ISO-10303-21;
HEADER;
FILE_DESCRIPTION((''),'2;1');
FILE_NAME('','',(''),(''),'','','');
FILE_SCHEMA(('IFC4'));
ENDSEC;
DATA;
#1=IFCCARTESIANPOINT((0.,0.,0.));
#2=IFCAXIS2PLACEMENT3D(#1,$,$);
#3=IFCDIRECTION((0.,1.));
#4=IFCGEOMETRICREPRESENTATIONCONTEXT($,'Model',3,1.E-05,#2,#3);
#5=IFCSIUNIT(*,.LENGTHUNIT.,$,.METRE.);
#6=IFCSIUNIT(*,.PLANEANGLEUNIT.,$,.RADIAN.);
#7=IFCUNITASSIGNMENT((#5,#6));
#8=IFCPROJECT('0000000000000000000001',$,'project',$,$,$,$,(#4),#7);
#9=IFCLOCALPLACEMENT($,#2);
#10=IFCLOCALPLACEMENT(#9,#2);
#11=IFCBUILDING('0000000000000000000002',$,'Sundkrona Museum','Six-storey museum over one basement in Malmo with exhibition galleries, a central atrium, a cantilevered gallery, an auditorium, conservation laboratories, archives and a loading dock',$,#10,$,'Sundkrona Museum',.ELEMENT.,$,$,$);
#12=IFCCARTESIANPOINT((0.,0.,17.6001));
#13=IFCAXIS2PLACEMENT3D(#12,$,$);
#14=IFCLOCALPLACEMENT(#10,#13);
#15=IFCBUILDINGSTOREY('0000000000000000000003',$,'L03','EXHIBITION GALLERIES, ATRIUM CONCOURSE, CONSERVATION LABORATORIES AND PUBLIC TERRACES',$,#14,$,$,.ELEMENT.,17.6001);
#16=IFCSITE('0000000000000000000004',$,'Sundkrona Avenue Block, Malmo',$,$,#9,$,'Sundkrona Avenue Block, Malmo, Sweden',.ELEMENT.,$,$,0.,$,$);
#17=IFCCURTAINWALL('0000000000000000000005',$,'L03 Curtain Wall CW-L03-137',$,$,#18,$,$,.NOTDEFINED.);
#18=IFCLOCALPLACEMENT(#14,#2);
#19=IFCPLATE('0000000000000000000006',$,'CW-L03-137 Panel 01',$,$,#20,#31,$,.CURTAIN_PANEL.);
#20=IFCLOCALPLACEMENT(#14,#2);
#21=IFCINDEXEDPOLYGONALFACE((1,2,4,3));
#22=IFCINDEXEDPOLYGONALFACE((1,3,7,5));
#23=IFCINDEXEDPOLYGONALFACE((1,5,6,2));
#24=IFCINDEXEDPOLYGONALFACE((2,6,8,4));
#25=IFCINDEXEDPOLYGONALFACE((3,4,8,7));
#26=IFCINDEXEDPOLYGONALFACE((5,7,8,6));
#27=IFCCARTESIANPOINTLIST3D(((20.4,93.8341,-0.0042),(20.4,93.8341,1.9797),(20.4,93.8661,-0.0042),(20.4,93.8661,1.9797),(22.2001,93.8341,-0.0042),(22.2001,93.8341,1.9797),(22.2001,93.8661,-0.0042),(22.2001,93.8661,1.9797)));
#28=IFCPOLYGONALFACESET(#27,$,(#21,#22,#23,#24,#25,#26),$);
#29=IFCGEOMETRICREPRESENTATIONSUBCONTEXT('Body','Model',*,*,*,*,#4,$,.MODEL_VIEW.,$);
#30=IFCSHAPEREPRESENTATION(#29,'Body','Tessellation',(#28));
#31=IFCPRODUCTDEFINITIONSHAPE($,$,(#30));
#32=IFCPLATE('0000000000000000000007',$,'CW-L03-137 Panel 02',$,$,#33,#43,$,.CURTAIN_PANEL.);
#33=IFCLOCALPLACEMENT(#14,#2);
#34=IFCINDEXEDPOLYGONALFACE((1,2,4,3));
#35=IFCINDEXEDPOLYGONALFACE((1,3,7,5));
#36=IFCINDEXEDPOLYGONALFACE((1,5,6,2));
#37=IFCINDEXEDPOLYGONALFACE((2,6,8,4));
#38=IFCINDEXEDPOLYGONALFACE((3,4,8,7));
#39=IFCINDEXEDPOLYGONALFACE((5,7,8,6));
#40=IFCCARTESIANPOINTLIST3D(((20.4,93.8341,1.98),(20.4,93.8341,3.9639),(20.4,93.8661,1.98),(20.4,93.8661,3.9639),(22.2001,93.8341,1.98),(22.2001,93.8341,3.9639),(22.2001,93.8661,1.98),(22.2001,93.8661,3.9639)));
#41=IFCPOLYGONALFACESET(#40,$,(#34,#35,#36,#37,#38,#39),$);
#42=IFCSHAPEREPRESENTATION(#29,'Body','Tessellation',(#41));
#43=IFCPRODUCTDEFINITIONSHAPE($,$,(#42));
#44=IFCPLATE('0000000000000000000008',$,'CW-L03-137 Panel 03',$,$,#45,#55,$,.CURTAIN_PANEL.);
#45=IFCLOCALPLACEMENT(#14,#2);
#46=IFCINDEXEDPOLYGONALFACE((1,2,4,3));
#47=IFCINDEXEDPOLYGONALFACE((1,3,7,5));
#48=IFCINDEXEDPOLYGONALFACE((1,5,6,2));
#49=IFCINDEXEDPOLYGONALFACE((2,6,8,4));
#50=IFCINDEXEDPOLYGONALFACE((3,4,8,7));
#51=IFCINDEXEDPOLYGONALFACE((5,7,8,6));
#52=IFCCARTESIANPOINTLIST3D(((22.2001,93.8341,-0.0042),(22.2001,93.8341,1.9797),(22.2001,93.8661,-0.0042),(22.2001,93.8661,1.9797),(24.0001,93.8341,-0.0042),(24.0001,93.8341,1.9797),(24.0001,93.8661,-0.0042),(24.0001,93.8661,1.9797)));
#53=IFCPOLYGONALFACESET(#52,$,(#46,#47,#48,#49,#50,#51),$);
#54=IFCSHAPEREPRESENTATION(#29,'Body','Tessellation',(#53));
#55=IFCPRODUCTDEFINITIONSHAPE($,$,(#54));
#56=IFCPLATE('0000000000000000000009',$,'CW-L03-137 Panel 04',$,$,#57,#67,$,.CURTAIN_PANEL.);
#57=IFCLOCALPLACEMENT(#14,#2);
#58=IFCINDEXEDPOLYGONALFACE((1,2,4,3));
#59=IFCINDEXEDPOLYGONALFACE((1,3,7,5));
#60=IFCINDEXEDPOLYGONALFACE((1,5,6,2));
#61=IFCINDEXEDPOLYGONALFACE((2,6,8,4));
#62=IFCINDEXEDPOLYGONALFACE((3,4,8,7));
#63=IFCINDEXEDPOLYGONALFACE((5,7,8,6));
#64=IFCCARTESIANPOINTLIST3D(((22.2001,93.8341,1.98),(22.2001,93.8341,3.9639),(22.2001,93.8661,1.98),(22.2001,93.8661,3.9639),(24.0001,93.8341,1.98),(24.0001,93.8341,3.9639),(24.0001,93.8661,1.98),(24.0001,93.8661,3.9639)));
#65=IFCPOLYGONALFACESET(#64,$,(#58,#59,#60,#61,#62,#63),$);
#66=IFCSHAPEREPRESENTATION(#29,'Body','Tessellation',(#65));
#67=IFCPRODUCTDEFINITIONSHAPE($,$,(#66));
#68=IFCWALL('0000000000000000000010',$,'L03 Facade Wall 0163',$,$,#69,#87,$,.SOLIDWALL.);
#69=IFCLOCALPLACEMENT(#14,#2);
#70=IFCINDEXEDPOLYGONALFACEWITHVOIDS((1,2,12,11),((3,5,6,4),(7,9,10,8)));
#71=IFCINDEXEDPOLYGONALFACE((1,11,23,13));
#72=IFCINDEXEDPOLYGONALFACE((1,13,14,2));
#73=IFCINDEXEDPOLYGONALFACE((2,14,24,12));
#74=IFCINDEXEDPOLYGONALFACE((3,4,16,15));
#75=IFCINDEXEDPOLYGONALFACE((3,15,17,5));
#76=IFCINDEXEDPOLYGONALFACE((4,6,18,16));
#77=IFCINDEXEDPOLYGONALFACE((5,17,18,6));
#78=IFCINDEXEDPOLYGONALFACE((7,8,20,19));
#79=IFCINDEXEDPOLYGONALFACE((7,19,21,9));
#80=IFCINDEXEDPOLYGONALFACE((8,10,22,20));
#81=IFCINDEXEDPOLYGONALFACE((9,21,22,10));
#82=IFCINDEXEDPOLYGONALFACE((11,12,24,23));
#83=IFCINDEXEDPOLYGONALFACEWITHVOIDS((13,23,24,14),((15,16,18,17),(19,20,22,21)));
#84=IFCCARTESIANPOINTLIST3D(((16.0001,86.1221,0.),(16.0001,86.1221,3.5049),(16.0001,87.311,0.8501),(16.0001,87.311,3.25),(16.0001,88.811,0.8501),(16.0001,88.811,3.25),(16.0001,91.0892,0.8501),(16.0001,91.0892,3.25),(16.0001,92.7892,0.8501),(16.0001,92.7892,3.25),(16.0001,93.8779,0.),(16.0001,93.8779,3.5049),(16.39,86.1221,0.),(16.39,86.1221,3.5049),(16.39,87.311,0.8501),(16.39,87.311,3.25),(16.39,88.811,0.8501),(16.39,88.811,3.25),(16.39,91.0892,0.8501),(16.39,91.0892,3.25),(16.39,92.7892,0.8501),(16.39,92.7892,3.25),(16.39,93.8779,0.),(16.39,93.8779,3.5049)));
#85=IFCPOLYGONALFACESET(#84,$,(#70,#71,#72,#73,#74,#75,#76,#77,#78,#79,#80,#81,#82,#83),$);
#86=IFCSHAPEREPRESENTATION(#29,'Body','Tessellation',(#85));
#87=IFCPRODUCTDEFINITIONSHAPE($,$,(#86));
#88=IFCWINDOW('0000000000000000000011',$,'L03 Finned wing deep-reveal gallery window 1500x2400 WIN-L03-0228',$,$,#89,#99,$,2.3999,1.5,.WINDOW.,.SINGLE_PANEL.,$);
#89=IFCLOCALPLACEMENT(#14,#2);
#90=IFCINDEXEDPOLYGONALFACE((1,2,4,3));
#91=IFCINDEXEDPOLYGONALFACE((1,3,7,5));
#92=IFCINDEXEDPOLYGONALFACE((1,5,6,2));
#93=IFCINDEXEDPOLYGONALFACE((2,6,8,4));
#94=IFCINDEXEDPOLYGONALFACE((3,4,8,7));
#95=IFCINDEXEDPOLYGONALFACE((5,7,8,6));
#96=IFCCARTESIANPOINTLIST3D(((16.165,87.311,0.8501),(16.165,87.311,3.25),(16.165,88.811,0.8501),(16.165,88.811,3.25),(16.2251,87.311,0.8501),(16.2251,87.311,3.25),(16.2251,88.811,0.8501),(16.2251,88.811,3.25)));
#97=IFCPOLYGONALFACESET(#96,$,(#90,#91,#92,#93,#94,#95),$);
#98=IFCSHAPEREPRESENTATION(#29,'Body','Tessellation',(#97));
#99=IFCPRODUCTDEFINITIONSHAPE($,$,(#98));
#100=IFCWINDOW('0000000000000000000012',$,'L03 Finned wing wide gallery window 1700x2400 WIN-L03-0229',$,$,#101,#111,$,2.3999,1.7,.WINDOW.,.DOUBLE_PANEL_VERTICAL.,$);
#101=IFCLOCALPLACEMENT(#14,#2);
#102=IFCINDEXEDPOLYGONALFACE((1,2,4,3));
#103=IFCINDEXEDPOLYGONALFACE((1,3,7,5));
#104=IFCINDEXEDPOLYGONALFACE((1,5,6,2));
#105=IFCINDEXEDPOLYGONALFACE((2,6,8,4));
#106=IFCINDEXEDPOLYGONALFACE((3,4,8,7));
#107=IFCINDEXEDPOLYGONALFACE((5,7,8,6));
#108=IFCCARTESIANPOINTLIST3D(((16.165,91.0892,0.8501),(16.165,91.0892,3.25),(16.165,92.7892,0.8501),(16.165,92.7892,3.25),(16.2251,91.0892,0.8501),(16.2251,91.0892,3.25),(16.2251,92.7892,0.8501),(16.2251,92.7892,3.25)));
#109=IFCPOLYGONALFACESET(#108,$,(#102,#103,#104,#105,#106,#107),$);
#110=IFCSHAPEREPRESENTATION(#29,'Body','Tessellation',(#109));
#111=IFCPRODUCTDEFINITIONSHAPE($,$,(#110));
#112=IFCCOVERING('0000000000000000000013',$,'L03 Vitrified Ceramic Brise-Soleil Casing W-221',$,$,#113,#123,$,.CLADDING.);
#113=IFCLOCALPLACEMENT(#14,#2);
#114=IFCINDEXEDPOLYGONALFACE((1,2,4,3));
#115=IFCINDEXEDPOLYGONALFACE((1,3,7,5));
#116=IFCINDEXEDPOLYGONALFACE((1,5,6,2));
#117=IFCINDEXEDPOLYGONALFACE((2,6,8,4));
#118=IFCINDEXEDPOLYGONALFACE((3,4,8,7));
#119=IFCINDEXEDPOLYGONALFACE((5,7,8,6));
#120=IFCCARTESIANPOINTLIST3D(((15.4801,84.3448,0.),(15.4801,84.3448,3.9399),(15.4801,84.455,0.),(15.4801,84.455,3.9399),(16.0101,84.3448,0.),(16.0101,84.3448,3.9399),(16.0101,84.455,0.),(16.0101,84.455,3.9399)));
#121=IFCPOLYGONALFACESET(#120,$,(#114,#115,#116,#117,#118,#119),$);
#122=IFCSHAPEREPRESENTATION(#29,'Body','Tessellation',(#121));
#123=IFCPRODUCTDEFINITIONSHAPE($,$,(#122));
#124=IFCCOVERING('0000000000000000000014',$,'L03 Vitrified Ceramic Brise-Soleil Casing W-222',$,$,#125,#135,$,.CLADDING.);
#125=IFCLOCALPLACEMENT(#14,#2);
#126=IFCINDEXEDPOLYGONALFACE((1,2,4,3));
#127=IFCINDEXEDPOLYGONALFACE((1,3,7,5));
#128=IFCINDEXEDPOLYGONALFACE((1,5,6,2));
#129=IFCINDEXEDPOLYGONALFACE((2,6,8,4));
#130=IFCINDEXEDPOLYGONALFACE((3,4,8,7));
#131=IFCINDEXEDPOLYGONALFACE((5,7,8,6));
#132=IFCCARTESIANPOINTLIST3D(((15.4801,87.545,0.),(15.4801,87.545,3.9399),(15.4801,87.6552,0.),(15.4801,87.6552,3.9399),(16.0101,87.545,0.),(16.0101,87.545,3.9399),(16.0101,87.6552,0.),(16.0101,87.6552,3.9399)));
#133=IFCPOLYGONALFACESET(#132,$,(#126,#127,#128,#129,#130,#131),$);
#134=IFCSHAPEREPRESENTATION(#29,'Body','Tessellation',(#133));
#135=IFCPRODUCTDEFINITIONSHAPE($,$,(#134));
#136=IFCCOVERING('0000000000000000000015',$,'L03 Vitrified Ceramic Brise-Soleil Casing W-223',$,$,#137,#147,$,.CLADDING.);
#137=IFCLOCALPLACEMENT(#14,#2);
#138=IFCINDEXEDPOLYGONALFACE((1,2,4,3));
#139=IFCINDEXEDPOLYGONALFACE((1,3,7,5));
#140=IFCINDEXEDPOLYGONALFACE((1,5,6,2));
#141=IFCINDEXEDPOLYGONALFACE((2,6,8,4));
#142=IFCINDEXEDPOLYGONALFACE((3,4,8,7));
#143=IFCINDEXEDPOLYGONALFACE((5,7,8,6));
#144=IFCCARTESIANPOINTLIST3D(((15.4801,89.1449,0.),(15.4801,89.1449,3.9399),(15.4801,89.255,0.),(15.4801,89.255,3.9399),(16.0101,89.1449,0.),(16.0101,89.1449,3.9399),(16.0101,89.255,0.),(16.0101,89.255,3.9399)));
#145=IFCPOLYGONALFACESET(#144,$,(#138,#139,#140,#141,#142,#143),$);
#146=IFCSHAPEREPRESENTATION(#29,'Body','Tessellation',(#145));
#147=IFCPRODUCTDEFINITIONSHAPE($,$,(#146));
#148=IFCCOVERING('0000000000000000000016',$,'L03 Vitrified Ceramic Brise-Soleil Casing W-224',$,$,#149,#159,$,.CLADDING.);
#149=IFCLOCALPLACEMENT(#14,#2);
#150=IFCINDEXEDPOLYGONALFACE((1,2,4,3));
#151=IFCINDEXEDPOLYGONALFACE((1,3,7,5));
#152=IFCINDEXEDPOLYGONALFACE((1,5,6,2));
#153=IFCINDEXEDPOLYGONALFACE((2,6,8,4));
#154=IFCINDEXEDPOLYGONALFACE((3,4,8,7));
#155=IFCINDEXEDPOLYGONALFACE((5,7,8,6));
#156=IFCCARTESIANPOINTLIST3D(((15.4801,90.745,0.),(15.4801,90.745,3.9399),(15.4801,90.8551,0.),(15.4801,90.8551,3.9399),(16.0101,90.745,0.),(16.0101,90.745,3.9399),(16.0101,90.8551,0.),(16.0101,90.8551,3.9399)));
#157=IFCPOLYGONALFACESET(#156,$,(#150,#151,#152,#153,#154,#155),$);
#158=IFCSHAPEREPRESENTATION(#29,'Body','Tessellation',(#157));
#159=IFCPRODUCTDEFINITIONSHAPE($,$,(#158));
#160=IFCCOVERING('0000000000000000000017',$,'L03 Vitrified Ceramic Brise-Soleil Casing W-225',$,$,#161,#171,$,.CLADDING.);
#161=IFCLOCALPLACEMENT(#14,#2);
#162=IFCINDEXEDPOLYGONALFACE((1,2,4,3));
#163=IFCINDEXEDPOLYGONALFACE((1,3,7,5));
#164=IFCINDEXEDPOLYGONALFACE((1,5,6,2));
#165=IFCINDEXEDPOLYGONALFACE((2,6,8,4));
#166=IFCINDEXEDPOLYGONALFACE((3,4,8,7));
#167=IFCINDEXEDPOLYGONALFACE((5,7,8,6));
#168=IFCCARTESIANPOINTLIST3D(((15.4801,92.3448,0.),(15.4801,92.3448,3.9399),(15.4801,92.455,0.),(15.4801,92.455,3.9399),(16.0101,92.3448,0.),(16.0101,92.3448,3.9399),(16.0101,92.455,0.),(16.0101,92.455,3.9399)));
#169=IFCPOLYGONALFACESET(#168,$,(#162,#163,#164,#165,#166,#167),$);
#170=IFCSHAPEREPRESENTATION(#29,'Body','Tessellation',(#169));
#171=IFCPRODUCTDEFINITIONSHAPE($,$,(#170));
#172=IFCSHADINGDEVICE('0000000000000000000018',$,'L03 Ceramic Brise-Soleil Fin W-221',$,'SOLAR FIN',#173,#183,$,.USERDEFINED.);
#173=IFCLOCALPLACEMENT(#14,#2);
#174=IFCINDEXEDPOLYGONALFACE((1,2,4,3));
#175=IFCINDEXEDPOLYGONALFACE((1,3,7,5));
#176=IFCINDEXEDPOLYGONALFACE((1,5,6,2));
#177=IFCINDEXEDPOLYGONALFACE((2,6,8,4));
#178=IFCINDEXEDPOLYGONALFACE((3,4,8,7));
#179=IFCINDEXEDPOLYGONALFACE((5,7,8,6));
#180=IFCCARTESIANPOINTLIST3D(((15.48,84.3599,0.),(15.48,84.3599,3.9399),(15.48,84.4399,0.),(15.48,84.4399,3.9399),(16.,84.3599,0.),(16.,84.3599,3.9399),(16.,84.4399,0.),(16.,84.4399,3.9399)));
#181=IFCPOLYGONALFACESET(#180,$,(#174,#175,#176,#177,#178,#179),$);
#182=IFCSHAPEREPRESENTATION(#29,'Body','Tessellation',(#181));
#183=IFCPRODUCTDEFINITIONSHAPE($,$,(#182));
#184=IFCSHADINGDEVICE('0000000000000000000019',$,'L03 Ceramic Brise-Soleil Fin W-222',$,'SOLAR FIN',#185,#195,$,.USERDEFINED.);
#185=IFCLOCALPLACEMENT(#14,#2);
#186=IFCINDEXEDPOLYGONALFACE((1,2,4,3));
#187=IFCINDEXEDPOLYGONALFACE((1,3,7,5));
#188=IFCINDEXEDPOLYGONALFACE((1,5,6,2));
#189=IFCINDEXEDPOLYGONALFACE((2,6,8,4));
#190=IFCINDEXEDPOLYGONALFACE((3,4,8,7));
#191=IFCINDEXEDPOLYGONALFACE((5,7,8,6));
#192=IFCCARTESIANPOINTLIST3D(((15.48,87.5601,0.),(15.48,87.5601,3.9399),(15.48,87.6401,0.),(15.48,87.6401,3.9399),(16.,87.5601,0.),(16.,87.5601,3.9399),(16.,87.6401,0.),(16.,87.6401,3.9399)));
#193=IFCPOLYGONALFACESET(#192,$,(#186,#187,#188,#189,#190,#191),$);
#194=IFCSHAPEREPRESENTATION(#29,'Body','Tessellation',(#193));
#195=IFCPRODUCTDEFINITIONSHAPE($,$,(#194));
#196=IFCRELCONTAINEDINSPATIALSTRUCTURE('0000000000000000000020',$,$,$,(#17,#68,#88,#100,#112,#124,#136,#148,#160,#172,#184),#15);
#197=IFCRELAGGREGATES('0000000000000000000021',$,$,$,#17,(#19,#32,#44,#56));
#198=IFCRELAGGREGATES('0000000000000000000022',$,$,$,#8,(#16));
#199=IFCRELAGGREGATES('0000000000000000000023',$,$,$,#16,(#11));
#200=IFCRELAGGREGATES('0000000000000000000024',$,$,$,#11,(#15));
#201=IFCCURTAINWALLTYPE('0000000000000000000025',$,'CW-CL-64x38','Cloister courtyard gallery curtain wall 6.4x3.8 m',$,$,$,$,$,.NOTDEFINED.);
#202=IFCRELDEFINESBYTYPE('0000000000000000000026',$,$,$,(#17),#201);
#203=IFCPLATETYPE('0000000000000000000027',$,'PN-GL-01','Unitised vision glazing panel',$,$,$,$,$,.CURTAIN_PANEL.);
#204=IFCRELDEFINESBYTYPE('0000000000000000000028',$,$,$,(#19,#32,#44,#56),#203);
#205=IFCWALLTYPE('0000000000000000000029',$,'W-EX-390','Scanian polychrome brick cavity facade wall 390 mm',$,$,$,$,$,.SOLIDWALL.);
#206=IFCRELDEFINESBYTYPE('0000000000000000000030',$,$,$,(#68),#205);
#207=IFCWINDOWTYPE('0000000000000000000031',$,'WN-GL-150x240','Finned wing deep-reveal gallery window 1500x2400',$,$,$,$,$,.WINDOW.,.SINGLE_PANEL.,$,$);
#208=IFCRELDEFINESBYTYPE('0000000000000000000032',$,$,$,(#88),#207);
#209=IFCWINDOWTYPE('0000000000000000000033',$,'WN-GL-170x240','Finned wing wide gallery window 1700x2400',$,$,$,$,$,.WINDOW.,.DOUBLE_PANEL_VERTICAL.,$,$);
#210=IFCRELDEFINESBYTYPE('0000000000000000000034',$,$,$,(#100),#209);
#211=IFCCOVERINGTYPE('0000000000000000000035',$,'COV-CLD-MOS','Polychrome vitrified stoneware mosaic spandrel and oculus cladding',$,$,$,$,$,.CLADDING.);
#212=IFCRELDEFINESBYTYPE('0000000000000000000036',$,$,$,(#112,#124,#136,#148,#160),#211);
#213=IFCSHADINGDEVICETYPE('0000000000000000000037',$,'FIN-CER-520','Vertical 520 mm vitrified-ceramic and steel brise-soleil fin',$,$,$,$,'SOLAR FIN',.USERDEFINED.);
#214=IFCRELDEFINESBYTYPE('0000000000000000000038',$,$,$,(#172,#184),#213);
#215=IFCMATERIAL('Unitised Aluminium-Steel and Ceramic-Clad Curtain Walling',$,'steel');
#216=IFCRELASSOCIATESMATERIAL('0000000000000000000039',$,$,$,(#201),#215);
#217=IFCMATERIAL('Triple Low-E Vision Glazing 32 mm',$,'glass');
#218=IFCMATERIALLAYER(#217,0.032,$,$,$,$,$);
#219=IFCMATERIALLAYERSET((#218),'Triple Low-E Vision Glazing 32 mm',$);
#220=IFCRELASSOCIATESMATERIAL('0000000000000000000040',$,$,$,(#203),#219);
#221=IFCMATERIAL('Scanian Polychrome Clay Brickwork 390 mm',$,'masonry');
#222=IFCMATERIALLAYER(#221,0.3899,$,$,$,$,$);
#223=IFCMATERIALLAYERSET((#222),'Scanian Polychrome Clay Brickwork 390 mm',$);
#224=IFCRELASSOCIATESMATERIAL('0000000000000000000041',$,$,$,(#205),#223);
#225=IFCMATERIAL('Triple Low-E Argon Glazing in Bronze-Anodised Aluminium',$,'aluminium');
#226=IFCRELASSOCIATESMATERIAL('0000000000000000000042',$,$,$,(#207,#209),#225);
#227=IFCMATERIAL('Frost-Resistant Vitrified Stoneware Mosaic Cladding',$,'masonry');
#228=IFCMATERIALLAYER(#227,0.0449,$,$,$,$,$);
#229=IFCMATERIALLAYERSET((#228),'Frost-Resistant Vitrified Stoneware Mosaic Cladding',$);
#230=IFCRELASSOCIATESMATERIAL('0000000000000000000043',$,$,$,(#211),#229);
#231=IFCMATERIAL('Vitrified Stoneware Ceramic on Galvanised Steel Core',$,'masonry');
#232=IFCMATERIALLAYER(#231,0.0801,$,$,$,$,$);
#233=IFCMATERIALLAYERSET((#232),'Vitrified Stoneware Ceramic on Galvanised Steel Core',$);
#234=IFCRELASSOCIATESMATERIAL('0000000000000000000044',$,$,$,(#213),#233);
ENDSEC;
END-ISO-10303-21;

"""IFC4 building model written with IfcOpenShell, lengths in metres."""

from ifc_helpers import new_model, si_unit, direction, frame, frame_2d, origin, origin_2d, place, context, subcontext, project, spatial, rectangle, extrude, material, layer, layer_set, type_object, element, fill, aggregate, save


model = new_model("IFC4")

# Units and contexts
model_context = context("Model", 3, precision=1e-05, world=origin(), true_north=direction((0.0, 1.0)))
body_context = subcontext(model_context, "Body", "Model", "MODEL_VIEW")
ifc_project = project(units=[si_unit("LENGTHUNIT", "METRE"), si_unit("PLANEANGLEUNIT", "RADIAN")], contexts=[model_context])

# Site, building, storey
site_placement = place(None, origin())
site = spatial("IfcSite", under=ifc_project, at=site_placement, Name="Sundkrona Avenue Block, Malmo", LongName="Sundkrona Avenue Block, Malmo, Sweden", CompositionType="ELEMENT", RefElevation=0.0)
building_placement = place(site_placement, origin())
building = spatial("IfcBuilding", under=site, at=building_placement, Name="Sundkrona Museum", Description="Six-storey museum over one basement in Malmo with exhibition galleries, a central atrium, a cantilevered gallery, an auditorium, conservation laboratories, archives and a loading dock", LongName="Sundkrona Museum", CompositionType="ELEMENT")
storey_placement = place(building_placement, frame((0.0, 0.0, 17.6001)))
storey = spatial("IfcBuildingStorey", under=building, at=storey_placement, Name="L03", Description="EXHIBITION GALLERIES, ATRIUM CONCOURSE, CONSERVATION LABORATORIES AND PUBLIC TERRACES", CompositionType="ELEMENT", Elevation=17.6001)

# Curtain wall
ifc_material_1 = material(Name="Unitised Aluminium-Steel and Ceramic-Clad Curtain Walling", Category="steel")
curtain_wall_type = type_object("IfcCurtainWallType", Name="CW-CL-64x38", Description="Cloister courtyard gallery curtain wall 6.4x3.8 m", PredefinedType="NOTDEFINED", material=ifc_material_1)
curtain_wall_placement = place(storey_placement, origin())
curtain_wall = element("IfcCurtainWall", 1, at=curtain_wall_placement, inside=storey, type_object=curtain_wall_type, Name="L03 Curtain Wall CW-L03-137", PredefinedType="NOTDEFINED")

# Plates
ifc_material_2 = material(Name="Triple Low-E Vision Glazing 32 mm", Category="glass")
ifc_layer_1 = layer(ifc_material_2, 0.032)
ifc_layer_set_1 = layer_set([ifc_layer_1], Name="Triple Low-E Vision Glazing 32 mm")
plate_type = type_object("IfcPlateType", Name="PN-GL-01", Description="Unitised vision glazing panel", PredefinedType="CURTAIN_PANEL", material=ifc_layer_set_1)
plate_1_placement = place(storey_placement, frame((21.3, 93.8501, -0.0042), z_axis=(0.0, 0.0, 1.0), x_axis=(1.0, 0.0, 0.0)))
plate_1 = element("IfcPlate", 2, at=plate_1_placement, type_object=plate_type, Name="CW-L03-137 Panel 01", PredefinedType="CURTAIN_PANEL", context=body_context, shape_type="SweptSolid", body=[
    extrude(rectangle(XDim=1.8, YDim=0.032, at=origin_2d()), origin(), (0.0, 0.0, 1.0), 1.9839),
])
plate_2_placement = place(storey_placement, frame((21.3, 93.8501, 1.98), z_axis=(0.0, 0.0, 1.0), x_axis=(1.0, 0.0, 0.0)))
plate_2 = element("IfcPlate", 3, at=plate_2_placement, type_object=plate_type, Name="CW-L03-137 Panel 02", PredefinedType="CURTAIN_PANEL", context=body_context, shape_type="SweptSolid", body=[
    extrude(rectangle(XDim=1.8, YDim=0.032, at=origin_2d()), origin(), (0.0, 0.0, 1.0), 1.9839),
])
plate_3_placement = place(storey_placement, frame((23.1001, 93.8501, -0.0042), z_axis=(0.0, 0.0, 1.0), x_axis=(1.0, 0.0, 0.0)))
plate_3 = element("IfcPlate", 4, at=plate_3_placement, type_object=plate_type, Name="CW-L03-137 Panel 03", PredefinedType="CURTAIN_PANEL", context=body_context, shape_type="SweptSolid", body=[
    extrude(rectangle(XDim=1.8, YDim=0.032, at=origin_2d()), origin(), (0.0, 0.0, 1.0), 1.9839),
])
plate_4_placement = place(storey_placement, frame((23.1001, 93.8501, 1.98), z_axis=(0.0, 0.0, 1.0), x_axis=(1.0, 0.0, 0.0)))
plate_4 = element("IfcPlate", 5, at=plate_4_placement, type_object=plate_type, Name="CW-L03-137 Panel 04", PredefinedType="CURTAIN_PANEL", context=body_context, shape_type="SweptSolid", body=[
    extrude(rectangle(XDim=1.8, YDim=0.032, at=origin_2d()), origin(), (0.0, 0.0, 1.0), 1.9839),
])
aggregate(curtain_wall, [plate_1, plate_2, plate_3, plate_4])

# Wall, openings, windows
ifc_material_3 = material(Name="Scanian Polychrome Clay Brickwork 390 mm", Category="masonry")
ifc_layer_2 = layer(ifc_material_3, 0.3899)
ifc_layer_set_2 = layer_set([ifc_layer_2], Name="Scanian Polychrome Clay Brickwork 390 mm")
wall_type = type_object("IfcWallType", Name="W-EX-390", Description="Scanian polychrome brick cavity facade wall 390 mm", PredefinedType="SOLIDWALL", material=ifc_layer_set_2)
wall_placement = place(storey_placement, frame((16.1951, 86.1221, 0.0), z_axis=(0.0, 0.0, 1.0), x_axis=(0.0, 1.0, 0.0)))
wall = element("IfcWall", 6, at=wall_placement, inside=storey, type_object=wall_type, Name="L03 Facade Wall 0163", PredefinedType="SOLIDWALL", context=body_context, shape_type="SweptSolid", body=[
    extrude(rectangle(XDim=7.7559, YDim=0.3899, at=frame_2d((3.8779, 0.0))), origin(), (0.0, 0.0, 1.0), 3.5049),
])
opening_1_placement = place(wall_placement, frame((1.189, 0.0, 0.8501)))
opening_1 = element("IfcOpeningElement", 7, at=opening_1_placement, cuts=wall, PredefinedType="OPENING", context=body_context, shape_type="SweptSolid", body=[
    extrude(rectangle(XDim=1.5, YDim=2.3999, at=frame_2d((0.75, 1.2))), frame((0.0, 0.2048, 0.0), z_axis=(0.0, -1.0, 0.0), x_axis=(1.0, 0.0, 0.0)), (0.0, 0.0, 1.0), 0.4099),
])
opening_2_placement = place(wall_placement, frame((4.967, 0.0, 0.8501)))
opening_2 = element("IfcOpeningElement", 8, at=opening_2_placement, cuts=wall, PredefinedType="OPENING", context=body_context, shape_type="SweptSolid", body=[
    extrude(rectangle(XDim=1.7, YDim=2.3999, at=frame_2d((0.8501, 1.2))), frame((0.0, 0.2048, 0.0), z_axis=(0.0, -1.0, 0.0), x_axis=(1.0, 0.0, 0.0)), (0.0, 0.0, 1.0), 0.4099),
])
ifc_material_4 = material(Name="Triple Low-E Argon Glazing in Bronze-Anodised Aluminium", Category="aluminium")
window_type_1 = type_object("IfcWindowType", Name="WN-GL-150x240", Description="Finned wing deep-reveal gallery window 1500x2400", PartitioningType="SINGLE_PANEL", PredefinedType="WINDOW", material=ifc_material_4)
window_1_placement = place(opening_1_placement, origin())
window_1 = element("IfcWindow", 9, at=window_1_placement, inside=storey, type_object=window_type_1, Name="L03 Finned wing deep-reveal gallery window 1500x2400 WIN-L03-0228", OverallHeight=2.3999, OverallWidth=1.5, PartitioningType="SINGLE_PANEL", PredefinedType="WINDOW", context=body_context, shape_type="SweptSolid", body=[
    extrude(rectangle(XDim=1.5, YDim=2.3999, at=frame_2d((0.75, 1.2))), frame((0.0, 0.03, 0.0), z_axis=(0.0, -1.0, 0.0), x_axis=(1.0, 0.0, 0.0)), (0.0, 0.0, 1.0), 0.0601),
])
fill(opening_1, window_1)
window_type_2 = type_object("IfcWindowType", Name="WN-GL-170x240", Description="Finned wing wide gallery window 1700x2400", PartitioningType="DOUBLE_PANEL_VERTICAL", PredefinedType="WINDOW", material=ifc_material_4)
window_2_placement = place(opening_2_placement, origin())
window_2 = element("IfcWindow", 10, at=window_2_placement, inside=storey, type_object=window_type_2, Name="L03 Finned wing wide gallery window 1700x2400 WIN-L03-0229", OverallHeight=2.3999, OverallWidth=1.7, PartitioningType="DOUBLE_PANEL_VERTICAL", PredefinedType="WINDOW", context=body_context, shape_type="SweptSolid", body=[
    extrude(rectangle(XDim=1.7, YDim=2.3999, at=frame_2d((0.8501, 1.2))), frame((0.0, 0.03, 0.0), z_axis=(0.0, -1.0, 0.0), x_axis=(1.0, 0.0, 0.0)), (0.0, 0.0, 1.0), 0.0601),
])
fill(opening_2, window_2)

# Coverings
ifc_material_5 = material(Name="Frost-Resistant Vitrified Stoneware Mosaic Cladding", Category="masonry")
ifc_layer_3 = layer(ifc_material_5, 0.0449)
ifc_layer_set_3 = layer_set([ifc_layer_3], Name="Frost-Resistant Vitrified Stoneware Mosaic Cladding")
covering_type = type_object("IfcCoveringType", Name="COV-CLD-MOS", Description="Polychrome vitrified stoneware mosaic spandrel and oculus cladding", PredefinedType="CLADDING", material=ifc_layer_set_3)
for number, where, z_axis, x_axis, name in (
    (11, (15.7451, 84.3999, 0.0), (0.0, 0.0, 1.0), (1.0, 0.0, 0.0), "L03 Vitrified Ceramic Brise-Soleil Casing W-221"),
    (12, (15.7451, 87.6001, 0.0), (0.0, 0.0, 1.0), (1.0, 0.0, 0.0), "L03 Vitrified Ceramic Brise-Soleil Casing W-222"),
    (13, (15.7451, 89.2, 0.0), (0.0, 0.0, 1.0), (1.0, 0.0, 0.0), "L03 Vitrified Ceramic Brise-Soleil Casing W-223"),
    (14, (15.7451, 90.8, 0.0), (0.0, 0.0, 1.0), (1.0, 0.0, 0.0), "L03 Vitrified Ceramic Brise-Soleil Casing W-224"),
    (15, (15.7451, 92.3999, 0.0), (0.0, 0.0, 1.0), (1.0, 0.0, 0.0), "L03 Vitrified Ceramic Brise-Soleil Casing W-225"),
):
    element("IfcCovering", number, at=place(storey_placement, frame(where, z_axis=z_axis, x_axis=x_axis)), inside=storey, type_object=covering_type, Name=name, PredefinedType="CLADDING", context=body_context, shape_type="SweptSolid", body=[
        extrude(rectangle(XDim=0.53, YDim=0.1101, at=origin_2d()), origin(), (0.0, 0.0, 1.0), 3.9399),
    ])

# Shading devices
ifc_material_6 = material(Name="Vitrified Stoneware Ceramic on Galvanised Steel Core", Category="masonry")
ifc_layer_4 = layer(ifc_material_6, 0.0801)
ifc_layer_set_4 = layer_set([ifc_layer_4], Name="Vitrified Stoneware Ceramic on Galvanised Steel Core")
shading_device_type = type_object("IfcShadingDeviceType", Name="FIN-CER-520", Description="Vertical 520 mm vitrified-ceramic and steel brise-soleil fin", ElementType="SOLAR FIN", PredefinedType="USERDEFINED", material=ifc_layer_set_4)
for number, where, z_axis, x_axis, name in (
    (16, (15.74, 84.3999, 0.0), (0.0, 0.0, 1.0), (1.0, 0.0, 0.0), "L03 Ceramic Brise-Soleil Fin W-221"),
    (17, (15.74, 87.6001, 0.0), (0.0, 0.0, 1.0), (1.0, 0.0, 0.0), "L03 Ceramic Brise-Soleil Fin W-222"),
):
    element("IfcShadingDevice", number, at=place(storey_placement, frame(where, z_axis=z_axis, x_axis=x_axis)), inside=storey, type_object=shading_device_type, Name=name, ObjectType="SOLAR FIN", PredefinedType="USERDEFINED", context=body_context, shape_type="SweptSolid", body=[
        extrude(rectangle(XDim=0.52, YDim=0.0801, at=origin_2d()), origin(), (0.0, 0.0, 1.0), 3.9399),
    ])

save(model, "model.ifc")
